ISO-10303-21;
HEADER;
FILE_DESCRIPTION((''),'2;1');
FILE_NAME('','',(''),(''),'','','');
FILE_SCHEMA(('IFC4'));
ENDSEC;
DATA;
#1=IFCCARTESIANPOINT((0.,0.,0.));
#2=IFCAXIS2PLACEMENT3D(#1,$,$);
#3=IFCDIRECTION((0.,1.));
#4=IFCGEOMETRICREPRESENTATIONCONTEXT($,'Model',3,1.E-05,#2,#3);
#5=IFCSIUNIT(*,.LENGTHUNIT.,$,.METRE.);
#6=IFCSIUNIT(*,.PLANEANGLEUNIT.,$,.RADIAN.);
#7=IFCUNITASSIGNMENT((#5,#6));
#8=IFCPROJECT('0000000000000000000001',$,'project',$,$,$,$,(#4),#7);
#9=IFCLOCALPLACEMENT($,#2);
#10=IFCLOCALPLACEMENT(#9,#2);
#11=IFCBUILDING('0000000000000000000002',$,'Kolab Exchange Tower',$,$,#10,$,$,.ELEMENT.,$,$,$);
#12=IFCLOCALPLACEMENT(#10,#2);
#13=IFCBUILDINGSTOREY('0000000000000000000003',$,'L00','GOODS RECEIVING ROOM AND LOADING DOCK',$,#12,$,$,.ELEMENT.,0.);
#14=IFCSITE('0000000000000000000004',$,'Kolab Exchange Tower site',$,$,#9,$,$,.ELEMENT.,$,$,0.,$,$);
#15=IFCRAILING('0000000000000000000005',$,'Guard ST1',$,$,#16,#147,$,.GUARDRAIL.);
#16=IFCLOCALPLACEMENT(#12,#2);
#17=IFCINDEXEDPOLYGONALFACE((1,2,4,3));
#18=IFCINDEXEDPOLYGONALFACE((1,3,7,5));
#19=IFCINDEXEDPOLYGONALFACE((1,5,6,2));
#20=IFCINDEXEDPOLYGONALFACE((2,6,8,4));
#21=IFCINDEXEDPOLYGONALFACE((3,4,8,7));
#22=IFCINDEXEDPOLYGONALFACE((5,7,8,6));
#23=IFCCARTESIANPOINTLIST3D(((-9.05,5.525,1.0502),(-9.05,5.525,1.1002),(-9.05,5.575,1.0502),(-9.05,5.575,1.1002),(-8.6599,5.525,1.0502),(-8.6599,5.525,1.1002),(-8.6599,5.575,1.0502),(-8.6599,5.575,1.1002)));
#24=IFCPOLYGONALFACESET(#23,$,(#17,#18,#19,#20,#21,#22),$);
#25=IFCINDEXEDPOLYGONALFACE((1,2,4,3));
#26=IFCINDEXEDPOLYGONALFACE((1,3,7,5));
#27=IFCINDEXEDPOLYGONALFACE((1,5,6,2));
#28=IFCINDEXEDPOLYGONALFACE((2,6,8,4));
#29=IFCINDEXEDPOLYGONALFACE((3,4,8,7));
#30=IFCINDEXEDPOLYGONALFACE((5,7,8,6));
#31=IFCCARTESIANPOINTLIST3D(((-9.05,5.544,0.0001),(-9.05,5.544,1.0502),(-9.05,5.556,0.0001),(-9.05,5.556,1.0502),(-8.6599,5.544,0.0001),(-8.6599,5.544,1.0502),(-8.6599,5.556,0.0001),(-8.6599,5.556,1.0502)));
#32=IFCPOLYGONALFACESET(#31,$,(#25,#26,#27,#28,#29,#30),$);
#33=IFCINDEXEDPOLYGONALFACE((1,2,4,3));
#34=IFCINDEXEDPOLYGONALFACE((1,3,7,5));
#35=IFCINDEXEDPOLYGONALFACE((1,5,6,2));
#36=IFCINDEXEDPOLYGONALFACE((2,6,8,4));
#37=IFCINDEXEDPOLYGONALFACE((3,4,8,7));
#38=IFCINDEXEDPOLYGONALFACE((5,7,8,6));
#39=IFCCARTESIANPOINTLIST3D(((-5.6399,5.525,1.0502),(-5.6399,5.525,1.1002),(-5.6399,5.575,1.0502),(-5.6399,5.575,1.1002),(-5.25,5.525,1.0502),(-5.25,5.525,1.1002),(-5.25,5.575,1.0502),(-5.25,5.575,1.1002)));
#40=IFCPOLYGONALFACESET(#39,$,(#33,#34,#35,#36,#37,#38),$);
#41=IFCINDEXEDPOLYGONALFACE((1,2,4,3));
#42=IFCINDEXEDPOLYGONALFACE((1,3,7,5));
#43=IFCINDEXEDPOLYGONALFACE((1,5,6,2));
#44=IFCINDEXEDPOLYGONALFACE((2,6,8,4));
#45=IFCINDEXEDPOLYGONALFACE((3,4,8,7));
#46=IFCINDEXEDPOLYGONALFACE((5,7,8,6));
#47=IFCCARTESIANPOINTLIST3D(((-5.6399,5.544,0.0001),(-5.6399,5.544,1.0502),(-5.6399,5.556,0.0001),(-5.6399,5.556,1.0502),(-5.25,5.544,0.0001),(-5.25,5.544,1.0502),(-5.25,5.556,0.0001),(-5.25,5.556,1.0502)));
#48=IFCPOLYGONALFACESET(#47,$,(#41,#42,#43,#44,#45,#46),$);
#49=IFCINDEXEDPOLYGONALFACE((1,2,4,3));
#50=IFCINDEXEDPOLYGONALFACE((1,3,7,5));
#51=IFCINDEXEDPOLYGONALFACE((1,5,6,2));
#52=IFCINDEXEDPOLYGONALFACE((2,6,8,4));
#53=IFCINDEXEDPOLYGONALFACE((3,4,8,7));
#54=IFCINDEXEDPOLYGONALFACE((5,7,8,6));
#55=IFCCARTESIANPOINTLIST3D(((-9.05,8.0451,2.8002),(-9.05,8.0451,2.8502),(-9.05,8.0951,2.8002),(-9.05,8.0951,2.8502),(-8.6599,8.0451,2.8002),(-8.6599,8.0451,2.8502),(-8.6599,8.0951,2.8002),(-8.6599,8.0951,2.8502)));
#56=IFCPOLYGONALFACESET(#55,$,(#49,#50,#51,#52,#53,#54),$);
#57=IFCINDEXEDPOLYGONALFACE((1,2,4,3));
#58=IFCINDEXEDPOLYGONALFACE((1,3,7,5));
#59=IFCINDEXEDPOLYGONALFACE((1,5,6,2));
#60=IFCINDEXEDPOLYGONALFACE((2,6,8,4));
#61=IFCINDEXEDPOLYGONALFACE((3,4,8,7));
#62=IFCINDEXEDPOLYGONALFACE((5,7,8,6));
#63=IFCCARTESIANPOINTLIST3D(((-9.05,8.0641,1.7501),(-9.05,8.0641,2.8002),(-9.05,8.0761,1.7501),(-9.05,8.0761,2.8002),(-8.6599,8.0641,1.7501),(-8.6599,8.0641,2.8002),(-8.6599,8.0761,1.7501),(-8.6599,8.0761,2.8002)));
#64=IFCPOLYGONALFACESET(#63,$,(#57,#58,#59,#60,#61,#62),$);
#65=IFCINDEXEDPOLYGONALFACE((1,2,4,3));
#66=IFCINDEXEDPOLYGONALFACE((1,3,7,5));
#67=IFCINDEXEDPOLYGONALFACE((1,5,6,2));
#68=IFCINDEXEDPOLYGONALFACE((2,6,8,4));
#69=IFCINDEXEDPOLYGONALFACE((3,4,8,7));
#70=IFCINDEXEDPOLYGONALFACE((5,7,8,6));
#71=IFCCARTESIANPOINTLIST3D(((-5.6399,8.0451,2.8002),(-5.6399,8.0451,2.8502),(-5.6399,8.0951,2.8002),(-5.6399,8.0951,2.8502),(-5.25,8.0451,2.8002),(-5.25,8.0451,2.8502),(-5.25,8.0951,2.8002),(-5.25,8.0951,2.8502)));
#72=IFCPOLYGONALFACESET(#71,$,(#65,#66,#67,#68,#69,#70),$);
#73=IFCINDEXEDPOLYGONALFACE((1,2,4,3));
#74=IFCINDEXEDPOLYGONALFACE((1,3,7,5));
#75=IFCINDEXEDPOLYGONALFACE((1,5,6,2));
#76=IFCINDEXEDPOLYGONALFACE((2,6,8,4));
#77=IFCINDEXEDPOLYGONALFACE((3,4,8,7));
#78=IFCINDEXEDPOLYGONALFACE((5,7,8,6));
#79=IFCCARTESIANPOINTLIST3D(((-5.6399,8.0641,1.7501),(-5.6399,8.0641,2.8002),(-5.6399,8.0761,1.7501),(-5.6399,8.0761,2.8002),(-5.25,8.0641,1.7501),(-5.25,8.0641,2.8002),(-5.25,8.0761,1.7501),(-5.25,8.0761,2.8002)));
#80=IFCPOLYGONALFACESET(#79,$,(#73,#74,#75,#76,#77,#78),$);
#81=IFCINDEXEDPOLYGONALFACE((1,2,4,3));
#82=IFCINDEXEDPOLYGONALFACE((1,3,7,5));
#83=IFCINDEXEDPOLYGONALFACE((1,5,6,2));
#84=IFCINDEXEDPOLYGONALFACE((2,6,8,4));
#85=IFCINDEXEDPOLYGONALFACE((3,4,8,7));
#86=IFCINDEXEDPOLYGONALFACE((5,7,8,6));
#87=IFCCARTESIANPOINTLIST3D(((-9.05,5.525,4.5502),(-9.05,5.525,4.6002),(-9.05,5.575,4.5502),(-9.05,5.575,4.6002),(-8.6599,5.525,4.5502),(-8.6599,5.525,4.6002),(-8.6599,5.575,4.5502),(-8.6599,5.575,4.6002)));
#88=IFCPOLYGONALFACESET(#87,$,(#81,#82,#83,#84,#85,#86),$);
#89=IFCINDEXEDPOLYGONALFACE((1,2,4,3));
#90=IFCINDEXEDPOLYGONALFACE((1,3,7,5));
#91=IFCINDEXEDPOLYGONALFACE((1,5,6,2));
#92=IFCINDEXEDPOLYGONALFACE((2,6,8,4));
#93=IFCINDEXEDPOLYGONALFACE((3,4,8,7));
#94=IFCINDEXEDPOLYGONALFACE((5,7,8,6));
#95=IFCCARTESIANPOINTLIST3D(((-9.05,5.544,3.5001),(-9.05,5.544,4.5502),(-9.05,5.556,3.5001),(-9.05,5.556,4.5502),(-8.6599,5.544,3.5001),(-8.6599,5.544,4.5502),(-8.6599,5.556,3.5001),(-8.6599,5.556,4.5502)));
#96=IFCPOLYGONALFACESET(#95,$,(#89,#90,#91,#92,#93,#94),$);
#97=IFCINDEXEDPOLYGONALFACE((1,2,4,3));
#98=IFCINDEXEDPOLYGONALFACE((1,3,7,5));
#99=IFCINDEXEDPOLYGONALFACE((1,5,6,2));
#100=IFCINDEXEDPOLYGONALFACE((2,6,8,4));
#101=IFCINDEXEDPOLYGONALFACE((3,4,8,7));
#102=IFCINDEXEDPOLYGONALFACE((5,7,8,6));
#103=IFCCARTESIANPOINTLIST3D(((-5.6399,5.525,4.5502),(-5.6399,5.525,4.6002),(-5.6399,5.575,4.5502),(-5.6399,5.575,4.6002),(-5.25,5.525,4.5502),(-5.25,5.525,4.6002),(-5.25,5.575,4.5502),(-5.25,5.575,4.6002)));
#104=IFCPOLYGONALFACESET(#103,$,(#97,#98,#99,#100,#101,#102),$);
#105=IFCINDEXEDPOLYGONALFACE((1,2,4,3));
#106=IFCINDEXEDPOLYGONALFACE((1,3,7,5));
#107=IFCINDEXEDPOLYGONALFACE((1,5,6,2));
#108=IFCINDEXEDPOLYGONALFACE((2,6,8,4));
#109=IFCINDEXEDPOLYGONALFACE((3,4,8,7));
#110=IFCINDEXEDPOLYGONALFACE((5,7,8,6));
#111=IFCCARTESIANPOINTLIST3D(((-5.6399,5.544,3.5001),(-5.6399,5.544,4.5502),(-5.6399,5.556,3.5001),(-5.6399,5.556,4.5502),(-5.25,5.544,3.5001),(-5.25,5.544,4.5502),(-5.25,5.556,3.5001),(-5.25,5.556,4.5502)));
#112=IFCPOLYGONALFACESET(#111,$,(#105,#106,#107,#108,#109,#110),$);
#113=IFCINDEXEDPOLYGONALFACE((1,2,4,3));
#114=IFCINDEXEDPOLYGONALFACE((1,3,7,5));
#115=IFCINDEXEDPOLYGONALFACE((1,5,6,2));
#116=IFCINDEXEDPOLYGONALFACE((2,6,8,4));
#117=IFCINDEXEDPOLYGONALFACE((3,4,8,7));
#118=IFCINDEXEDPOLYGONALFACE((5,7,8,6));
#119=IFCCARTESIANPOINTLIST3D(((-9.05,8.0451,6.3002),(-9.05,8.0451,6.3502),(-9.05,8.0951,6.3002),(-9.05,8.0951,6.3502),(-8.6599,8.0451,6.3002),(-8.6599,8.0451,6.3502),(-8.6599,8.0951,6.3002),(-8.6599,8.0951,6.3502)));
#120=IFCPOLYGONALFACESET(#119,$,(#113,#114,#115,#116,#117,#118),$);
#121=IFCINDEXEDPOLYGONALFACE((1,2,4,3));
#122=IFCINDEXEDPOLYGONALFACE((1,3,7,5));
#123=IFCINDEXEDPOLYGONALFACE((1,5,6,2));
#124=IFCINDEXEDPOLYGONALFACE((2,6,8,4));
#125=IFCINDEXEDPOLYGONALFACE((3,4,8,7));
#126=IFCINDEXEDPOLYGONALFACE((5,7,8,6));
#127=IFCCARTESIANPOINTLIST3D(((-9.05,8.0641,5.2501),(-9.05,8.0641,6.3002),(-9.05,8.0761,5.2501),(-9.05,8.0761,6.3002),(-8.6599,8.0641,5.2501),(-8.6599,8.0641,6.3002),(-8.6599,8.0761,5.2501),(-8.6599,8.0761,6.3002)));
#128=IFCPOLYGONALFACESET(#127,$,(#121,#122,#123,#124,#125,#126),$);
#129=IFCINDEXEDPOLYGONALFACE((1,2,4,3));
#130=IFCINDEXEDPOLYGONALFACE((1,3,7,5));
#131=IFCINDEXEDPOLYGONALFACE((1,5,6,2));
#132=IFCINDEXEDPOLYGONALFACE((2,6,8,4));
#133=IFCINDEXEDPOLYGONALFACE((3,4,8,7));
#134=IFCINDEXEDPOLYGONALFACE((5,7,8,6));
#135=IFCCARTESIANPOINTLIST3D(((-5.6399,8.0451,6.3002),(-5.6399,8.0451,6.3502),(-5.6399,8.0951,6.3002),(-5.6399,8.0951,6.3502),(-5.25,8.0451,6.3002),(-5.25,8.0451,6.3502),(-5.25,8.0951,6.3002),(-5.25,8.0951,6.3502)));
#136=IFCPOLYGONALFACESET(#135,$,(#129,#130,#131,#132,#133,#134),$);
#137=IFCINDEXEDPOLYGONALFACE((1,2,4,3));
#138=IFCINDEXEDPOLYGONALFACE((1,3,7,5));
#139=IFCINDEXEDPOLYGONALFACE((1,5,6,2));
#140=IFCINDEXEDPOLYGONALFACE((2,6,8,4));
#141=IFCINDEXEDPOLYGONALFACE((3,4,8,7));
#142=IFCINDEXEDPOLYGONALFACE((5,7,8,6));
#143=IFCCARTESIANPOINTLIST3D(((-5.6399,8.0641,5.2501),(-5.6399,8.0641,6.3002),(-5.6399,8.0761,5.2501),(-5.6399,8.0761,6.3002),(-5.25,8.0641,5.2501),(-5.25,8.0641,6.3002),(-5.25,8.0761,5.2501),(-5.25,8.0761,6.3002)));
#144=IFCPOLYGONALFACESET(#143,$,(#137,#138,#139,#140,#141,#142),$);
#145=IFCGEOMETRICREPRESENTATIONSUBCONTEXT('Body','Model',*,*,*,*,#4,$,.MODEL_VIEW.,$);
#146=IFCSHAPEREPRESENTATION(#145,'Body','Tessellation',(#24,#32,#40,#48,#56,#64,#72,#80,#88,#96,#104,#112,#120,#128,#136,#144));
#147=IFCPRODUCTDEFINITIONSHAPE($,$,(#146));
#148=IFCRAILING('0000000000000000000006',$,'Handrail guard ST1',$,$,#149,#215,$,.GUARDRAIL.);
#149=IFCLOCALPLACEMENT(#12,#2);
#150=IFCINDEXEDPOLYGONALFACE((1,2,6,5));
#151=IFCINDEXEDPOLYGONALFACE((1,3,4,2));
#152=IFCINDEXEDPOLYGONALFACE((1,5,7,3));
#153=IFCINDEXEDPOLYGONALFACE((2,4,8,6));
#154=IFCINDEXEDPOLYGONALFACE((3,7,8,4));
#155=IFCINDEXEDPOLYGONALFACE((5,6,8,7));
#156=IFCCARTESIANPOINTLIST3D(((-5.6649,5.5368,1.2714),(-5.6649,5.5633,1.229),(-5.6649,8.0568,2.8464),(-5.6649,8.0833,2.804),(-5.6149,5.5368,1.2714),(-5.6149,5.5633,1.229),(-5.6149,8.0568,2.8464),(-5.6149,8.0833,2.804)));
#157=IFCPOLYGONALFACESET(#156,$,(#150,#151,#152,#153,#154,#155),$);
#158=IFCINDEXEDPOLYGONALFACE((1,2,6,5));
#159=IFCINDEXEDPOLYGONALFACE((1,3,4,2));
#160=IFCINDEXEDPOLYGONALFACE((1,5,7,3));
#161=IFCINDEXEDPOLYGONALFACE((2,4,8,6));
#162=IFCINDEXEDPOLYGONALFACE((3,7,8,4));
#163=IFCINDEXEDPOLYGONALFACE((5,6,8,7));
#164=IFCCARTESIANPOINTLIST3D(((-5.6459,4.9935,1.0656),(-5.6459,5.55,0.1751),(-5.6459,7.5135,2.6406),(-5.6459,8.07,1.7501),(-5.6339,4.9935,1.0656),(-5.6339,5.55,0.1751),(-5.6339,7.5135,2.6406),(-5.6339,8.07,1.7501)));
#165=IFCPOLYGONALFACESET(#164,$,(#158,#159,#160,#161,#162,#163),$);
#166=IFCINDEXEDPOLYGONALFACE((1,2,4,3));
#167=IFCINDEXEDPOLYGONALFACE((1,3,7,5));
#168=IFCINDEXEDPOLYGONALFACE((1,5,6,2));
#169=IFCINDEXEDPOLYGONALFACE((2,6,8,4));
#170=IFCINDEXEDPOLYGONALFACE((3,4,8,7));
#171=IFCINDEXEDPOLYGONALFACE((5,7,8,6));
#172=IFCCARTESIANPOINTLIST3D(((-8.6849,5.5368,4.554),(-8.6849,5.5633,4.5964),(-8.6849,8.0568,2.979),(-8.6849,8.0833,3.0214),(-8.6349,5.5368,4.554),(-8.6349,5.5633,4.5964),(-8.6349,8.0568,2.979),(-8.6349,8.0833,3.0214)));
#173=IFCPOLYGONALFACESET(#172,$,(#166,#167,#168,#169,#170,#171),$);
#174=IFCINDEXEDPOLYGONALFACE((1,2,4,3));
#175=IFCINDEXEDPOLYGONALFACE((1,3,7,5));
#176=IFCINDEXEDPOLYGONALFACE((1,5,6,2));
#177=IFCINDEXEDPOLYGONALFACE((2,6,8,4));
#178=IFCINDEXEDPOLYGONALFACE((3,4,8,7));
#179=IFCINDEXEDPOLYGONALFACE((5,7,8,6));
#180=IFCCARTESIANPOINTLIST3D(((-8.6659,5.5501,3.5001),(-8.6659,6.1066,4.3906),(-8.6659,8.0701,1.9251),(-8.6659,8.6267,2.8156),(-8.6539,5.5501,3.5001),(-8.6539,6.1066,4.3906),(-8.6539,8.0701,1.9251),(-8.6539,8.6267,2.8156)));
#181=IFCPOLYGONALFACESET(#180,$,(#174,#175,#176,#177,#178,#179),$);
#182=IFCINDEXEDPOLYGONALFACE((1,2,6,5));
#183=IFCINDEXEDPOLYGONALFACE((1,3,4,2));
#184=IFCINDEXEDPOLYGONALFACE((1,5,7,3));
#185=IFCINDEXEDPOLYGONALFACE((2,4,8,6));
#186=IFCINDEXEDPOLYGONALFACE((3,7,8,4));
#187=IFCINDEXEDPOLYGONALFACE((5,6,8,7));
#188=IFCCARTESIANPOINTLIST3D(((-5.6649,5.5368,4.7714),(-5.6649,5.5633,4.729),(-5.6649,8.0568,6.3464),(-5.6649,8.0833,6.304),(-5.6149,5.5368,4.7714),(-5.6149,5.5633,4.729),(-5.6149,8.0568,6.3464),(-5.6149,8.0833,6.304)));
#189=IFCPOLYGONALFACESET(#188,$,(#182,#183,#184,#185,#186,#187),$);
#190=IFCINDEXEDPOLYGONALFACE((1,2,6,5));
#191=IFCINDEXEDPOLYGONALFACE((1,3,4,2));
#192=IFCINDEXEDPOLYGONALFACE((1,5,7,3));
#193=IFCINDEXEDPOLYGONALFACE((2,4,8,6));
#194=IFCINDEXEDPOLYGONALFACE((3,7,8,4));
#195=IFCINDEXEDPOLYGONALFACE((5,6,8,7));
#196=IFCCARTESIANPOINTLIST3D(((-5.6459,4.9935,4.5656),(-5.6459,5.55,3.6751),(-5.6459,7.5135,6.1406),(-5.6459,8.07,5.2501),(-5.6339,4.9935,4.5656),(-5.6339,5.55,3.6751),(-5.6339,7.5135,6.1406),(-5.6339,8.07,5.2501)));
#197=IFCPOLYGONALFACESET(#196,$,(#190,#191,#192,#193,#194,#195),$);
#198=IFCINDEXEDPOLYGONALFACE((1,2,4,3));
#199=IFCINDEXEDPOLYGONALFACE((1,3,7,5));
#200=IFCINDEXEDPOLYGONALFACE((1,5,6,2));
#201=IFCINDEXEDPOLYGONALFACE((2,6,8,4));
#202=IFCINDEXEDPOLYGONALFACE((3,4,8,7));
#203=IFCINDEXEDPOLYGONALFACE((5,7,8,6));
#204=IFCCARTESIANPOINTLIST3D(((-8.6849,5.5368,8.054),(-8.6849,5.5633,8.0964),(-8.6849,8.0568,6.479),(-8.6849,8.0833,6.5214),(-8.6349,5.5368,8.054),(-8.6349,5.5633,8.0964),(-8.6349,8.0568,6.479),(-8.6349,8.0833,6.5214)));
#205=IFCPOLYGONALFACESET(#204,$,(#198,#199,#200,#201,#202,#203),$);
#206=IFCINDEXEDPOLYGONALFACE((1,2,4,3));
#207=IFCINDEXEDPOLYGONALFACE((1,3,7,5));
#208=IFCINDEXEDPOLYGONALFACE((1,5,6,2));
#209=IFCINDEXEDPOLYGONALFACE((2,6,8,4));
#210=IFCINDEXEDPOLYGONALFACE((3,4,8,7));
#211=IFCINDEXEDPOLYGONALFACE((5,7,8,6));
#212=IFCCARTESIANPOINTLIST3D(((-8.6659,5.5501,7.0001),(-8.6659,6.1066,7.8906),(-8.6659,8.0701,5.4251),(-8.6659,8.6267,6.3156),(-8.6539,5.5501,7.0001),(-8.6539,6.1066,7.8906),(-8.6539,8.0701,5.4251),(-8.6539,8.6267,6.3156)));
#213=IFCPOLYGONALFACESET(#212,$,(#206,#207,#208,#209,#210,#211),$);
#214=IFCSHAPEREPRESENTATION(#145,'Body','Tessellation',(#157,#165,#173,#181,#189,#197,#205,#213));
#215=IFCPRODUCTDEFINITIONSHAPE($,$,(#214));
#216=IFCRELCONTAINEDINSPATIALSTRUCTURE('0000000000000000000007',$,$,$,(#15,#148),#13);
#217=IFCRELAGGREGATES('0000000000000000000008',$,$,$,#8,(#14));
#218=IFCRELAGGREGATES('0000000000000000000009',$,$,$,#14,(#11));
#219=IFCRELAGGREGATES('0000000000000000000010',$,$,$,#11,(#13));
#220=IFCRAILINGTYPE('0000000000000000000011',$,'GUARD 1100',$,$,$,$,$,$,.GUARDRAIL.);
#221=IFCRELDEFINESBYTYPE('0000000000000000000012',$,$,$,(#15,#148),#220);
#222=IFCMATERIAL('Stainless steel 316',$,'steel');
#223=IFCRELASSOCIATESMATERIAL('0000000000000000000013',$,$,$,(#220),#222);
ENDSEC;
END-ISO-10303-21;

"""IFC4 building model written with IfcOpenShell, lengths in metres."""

from ifc_helpers import new_model, si_unit, direction, frame, frame_2d, origin, origin_2d, place, context, subcontext, project, spatial, rectangle, extrude, material, type_object, element, save


model = new_model("IFC4")

# Units and contexts
model_context = context("Model", 3, precision=1e-05, world=origin(), true_north=direction((0.0, 1.0)))
body_context = subcontext(model_context, "Body", "Model", "MODEL_VIEW")
ifc_project = project(units=[si_unit("LENGTHUNIT", "METRE"), si_unit("PLANEANGLEUNIT", "RADIAN")], contexts=[model_context])

# Site, building, storey
site_placement = place(None, origin())
site = spatial("IfcSite", under=ifc_project, at=site_placement, Name="Kolab Exchange Tower site", CompositionType="ELEMENT", RefElevation=0.0)
building_placement = place(site_placement, origin())
building = spatial("IfcBuilding", under=site, at=building_placement, Name="Kolab Exchange Tower", CompositionType="ELEMENT")
storey_placement = place(building_placement, origin())
storey = spatial("IfcBuildingStorey", under=building, at=storey_placement, Name="L00", Description="GOODS RECEIVING ROOM AND LOADING DOCK", CompositionType="ELEMENT", Elevation=0.0)

# Railings
ifc_material_1 = material(Name="Stainless steel 316", Category="steel")
railing_type = type_object("IfcRailingType", Name="GUARD 1100", PredefinedType="GUARDRAIL", material=ifc_material_1)
railing_1_placement = place(storey_placement, frame((-9.05, 5.55, 0.0)))
element("IfcRailing", 1, at=railing_1_placement, inside=storey, type_object=railing_type, Name="Guard ST1", PredefinedType="GUARDRAIL", context=body_context, shape_type="SweptSolid", body=[
    extrude(rectangle(XDim=0.05, YDim=0.05, at=origin_2d()), frame((0.0, 0.0, 1.0752), z_axis=(1.0, 0.0, 0.0), x_axis=(0.0, 1.0, 0.0)), (0.0, 0.0, 1.0), 0.3901),
    extrude(rectangle(XDim=0.012, YDim=1.0501, at=frame_2d((0.0, 0.5251))), frame((0.0, 0.0, 0.0), z_axis=(1.0, 0.0, 0.0), x_axis=(0.0, 1.0, 0.0)), (0.0, 0.0, 1.0), 0.3901),
    extrude(rectangle(XDim=0.05, YDim=0.05, at=origin_2d()), frame((3.4102, 0.0, 1.0752), z_axis=(1.0, 0.0, 0.0), x_axis=(0.0, 1.0, 0.0)), (0.0, 0.0, 1.0), 0.3899),
    extrude(rectangle(XDim=0.012, YDim=1.0501, at=frame_2d((0.0, 0.5251))), frame((3.4102, 0.0, 0.0), z_axis=(1.0, 0.0, 0.0), x_axis=(0.0, 1.0, 0.0)), (0.0, 0.0, 1.0), 0.3899),
    extrude(rectangle(XDim=0.05, YDim=0.05, at=origin_2d()), frame((0.0, 2.52, 2.8252), z_axis=(1.0, 0.0, 0.0), x_axis=(0.0, 1.0, 0.0)), (0.0, 0.0, 1.0), 0.3901),
    extrude(rectangle(XDim=0.012, YDim=1.0501, at=frame_2d((0.0, 0.5251))), frame((0.0, 2.52, 1.75), z_axis=(1.0, 0.0, 0.0), x_axis=(0.0, 1.0, 0.0)), (0.0, 0.0, 1.0), 0.3901),
    extrude(rectangle(XDim=0.05, YDim=0.05, at=origin_2d()), frame((3.4102, 2.52, 2.8252), z_axis=(1.0, 0.0, 0.0), x_axis=(0.0, 1.0, 0.0)), (0.0, 0.0, 1.0), 0.3899),
    extrude(rectangle(XDim=0.012, YDim=1.0501, at=frame_2d((0.0, 0.5251))), frame((3.4102, 2.52, 1.75), z_axis=(1.0, 0.0, 0.0), x_axis=(0.0, 1.0, 0.0)), (0.0, 0.0, 1.0), 0.3899),
    extrude(rectangle(XDim=0.05, YDim=0.05, at=origin_2d()), frame((0.0, 0.0, 4.5752), z_axis=(1.0, 0.0, 0.0), x_axis=(0.0, 1.0, 0.0)), (0.0, 0.0, 1.0), 0.3901),
    extrude(rectangle(XDim=0.012, YDim=1.0501, at=frame_2d((0.0, 0.5251))), frame((0.0, 0.0, 3.5), z_axis=(1.0, 0.0, 0.0), x_axis=(0.0, 1.0, 0.0)), (0.0, 0.0, 1.0), 0.3901),
    extrude(rectangle(XDim=0.05, YDim=0.05, at=origin_2d()), frame((3.4102, 0.0, 4.5752), z_axis=(1.0, 0.0, 0.0), x_axis=(0.0, 1.0, 0.0)), (0.0, 0.0, 1.0), 0.3899),
    extrude(rectangle(XDim=0.012, YDim=1.0501, at=frame_2d((0.0, 0.5251))), frame((3.4102, 0.0, 3.5), z_axis=(1.0, 0.0, 0.0), x_axis=(0.0, 1.0, 0.0)), (0.0, 0.0, 1.0), 0.3899),
    extrude(rectangle(XDim=0.05, YDim=0.05, at=origin_2d()), frame((0.0, 2.52, 6.3252), z_axis=(1.0, 0.0, 0.0), x_axis=(0.0, 1.0, 0.0)), (0.0, 0.0, 1.0), 0.3901),
    extrude(rectangle(XDim=0.012, YDim=1.0501, at=frame_2d((0.0, 0.5251))), frame((0.0, 2.52, 5.25), z_axis=(1.0, 0.0, 0.0), x_axis=(0.0, 1.0, 0.0)), (0.0, 0.0, 1.0), 0.3901),
    extrude(rectangle(XDim=0.05, YDim=0.05, at=origin_2d()), frame((3.4102, 2.52, 6.3252), z_axis=(1.0, 0.0, 0.0), x_axis=(0.0, 1.0, 0.0)), (0.0, 0.0, 1.0), 0.3899),
    extrude(rectangle(XDim=0.012, YDim=1.0501, at=frame_2d((0.0, 0.5251))), frame((3.4102, 2.52, 5.25), z_axis=(1.0, 0.0, 0.0), x_axis=(0.0, 1.0, 0.0)), (0.0, 0.0, 1.0), 0.3899),
])
railing_2_placement = place(storey_placement, frame((-5.6399, 5.55, 0.175)))
element("IfcRailing", 2, at=railing_2_placement, inside=storey, type_object=railing_type, Name="Handrail guard ST1", PredefinedType="GUARDRAIL", context=body_context, shape_type="SweptSolid", body=[
    extrude(rectangle(XDim=0.05, YDim=0.05, at=origin_2d()), frame((0.0, 0.0, 1.0752), z_axis=(0.0, 0.848008, 0.529984), x_axis=(-1.0, 0.0, 0.0)), (0.0, 0.0, 1.0), 2.9717),
    extrude(rectangle(XDim=0.012, YDim=1.0501, at=frame_2d((0.0, 0.5251))), frame((0.0, 0.0, 0.0), z_axis=(0.0, 0.848008, 0.529984), x_axis=(-1.0, 0.0, 0.0)), (0.0, 0.0, 1.0), 2.9717),
    extrude(rectangle(XDim=0.05, YDim=0.05, at=origin_2d()), frame((-3.02, 2.52, 2.8252), z_axis=(0.0, -0.848008, 0.529984), x_axis=(1.0, 0.0, 0.0)), (0.0, 0.0, 1.0), 2.9717),
    extrude(rectangle(XDim=0.012, YDim=1.0501, at=frame_2d((0.0, 0.5251))), frame((-3.02, 2.52, 1.75), z_axis=(0.0, -0.848008, 0.529984), x_axis=(1.0, 0.0, 0.0)), (0.0, 0.0, 1.0), 2.9717),
    extrude(rectangle(XDim=0.05, YDim=0.05, at=origin_2d()), frame((0.0, 0.0, 4.5752), z_axis=(0.0, 0.848008, 0.529984), x_axis=(-1.0, 0.0, 0.0)), (0.0, 0.0, 1.0), 2.9717),
    extrude(rectangle(XDim=0.012, YDim=1.0501, at=frame_2d((0.0, 0.5251))), frame((0.0, 0.0, 3.5), z_axis=(0.0, 0.848008, 0.529984), x_axis=(-1.0, 0.0, 0.0)), (0.0, 0.0, 1.0), 2.9717),
    extrude(rectangle(XDim=0.05, YDim=0.05, at=origin_2d()), frame((-3.02, 2.52, 6.3252), z_axis=(0.0, -0.848008, 0.529984), x_axis=(1.0, 0.0, 0.0)), (0.0, 0.0, 1.0), 2.9717),
    extrude(rectangle(XDim=0.012, YDim=1.0501, at=frame_2d((0.0, 0.5251))), frame((-3.02, 2.52, 5.25), z_axis=(0.0, -0.848008, 0.529984), x_axis=(1.0, 0.0, 0.0)), (0.0, 0.0, 1.0), 2.9717),
])

save(model, "model.ifc")
